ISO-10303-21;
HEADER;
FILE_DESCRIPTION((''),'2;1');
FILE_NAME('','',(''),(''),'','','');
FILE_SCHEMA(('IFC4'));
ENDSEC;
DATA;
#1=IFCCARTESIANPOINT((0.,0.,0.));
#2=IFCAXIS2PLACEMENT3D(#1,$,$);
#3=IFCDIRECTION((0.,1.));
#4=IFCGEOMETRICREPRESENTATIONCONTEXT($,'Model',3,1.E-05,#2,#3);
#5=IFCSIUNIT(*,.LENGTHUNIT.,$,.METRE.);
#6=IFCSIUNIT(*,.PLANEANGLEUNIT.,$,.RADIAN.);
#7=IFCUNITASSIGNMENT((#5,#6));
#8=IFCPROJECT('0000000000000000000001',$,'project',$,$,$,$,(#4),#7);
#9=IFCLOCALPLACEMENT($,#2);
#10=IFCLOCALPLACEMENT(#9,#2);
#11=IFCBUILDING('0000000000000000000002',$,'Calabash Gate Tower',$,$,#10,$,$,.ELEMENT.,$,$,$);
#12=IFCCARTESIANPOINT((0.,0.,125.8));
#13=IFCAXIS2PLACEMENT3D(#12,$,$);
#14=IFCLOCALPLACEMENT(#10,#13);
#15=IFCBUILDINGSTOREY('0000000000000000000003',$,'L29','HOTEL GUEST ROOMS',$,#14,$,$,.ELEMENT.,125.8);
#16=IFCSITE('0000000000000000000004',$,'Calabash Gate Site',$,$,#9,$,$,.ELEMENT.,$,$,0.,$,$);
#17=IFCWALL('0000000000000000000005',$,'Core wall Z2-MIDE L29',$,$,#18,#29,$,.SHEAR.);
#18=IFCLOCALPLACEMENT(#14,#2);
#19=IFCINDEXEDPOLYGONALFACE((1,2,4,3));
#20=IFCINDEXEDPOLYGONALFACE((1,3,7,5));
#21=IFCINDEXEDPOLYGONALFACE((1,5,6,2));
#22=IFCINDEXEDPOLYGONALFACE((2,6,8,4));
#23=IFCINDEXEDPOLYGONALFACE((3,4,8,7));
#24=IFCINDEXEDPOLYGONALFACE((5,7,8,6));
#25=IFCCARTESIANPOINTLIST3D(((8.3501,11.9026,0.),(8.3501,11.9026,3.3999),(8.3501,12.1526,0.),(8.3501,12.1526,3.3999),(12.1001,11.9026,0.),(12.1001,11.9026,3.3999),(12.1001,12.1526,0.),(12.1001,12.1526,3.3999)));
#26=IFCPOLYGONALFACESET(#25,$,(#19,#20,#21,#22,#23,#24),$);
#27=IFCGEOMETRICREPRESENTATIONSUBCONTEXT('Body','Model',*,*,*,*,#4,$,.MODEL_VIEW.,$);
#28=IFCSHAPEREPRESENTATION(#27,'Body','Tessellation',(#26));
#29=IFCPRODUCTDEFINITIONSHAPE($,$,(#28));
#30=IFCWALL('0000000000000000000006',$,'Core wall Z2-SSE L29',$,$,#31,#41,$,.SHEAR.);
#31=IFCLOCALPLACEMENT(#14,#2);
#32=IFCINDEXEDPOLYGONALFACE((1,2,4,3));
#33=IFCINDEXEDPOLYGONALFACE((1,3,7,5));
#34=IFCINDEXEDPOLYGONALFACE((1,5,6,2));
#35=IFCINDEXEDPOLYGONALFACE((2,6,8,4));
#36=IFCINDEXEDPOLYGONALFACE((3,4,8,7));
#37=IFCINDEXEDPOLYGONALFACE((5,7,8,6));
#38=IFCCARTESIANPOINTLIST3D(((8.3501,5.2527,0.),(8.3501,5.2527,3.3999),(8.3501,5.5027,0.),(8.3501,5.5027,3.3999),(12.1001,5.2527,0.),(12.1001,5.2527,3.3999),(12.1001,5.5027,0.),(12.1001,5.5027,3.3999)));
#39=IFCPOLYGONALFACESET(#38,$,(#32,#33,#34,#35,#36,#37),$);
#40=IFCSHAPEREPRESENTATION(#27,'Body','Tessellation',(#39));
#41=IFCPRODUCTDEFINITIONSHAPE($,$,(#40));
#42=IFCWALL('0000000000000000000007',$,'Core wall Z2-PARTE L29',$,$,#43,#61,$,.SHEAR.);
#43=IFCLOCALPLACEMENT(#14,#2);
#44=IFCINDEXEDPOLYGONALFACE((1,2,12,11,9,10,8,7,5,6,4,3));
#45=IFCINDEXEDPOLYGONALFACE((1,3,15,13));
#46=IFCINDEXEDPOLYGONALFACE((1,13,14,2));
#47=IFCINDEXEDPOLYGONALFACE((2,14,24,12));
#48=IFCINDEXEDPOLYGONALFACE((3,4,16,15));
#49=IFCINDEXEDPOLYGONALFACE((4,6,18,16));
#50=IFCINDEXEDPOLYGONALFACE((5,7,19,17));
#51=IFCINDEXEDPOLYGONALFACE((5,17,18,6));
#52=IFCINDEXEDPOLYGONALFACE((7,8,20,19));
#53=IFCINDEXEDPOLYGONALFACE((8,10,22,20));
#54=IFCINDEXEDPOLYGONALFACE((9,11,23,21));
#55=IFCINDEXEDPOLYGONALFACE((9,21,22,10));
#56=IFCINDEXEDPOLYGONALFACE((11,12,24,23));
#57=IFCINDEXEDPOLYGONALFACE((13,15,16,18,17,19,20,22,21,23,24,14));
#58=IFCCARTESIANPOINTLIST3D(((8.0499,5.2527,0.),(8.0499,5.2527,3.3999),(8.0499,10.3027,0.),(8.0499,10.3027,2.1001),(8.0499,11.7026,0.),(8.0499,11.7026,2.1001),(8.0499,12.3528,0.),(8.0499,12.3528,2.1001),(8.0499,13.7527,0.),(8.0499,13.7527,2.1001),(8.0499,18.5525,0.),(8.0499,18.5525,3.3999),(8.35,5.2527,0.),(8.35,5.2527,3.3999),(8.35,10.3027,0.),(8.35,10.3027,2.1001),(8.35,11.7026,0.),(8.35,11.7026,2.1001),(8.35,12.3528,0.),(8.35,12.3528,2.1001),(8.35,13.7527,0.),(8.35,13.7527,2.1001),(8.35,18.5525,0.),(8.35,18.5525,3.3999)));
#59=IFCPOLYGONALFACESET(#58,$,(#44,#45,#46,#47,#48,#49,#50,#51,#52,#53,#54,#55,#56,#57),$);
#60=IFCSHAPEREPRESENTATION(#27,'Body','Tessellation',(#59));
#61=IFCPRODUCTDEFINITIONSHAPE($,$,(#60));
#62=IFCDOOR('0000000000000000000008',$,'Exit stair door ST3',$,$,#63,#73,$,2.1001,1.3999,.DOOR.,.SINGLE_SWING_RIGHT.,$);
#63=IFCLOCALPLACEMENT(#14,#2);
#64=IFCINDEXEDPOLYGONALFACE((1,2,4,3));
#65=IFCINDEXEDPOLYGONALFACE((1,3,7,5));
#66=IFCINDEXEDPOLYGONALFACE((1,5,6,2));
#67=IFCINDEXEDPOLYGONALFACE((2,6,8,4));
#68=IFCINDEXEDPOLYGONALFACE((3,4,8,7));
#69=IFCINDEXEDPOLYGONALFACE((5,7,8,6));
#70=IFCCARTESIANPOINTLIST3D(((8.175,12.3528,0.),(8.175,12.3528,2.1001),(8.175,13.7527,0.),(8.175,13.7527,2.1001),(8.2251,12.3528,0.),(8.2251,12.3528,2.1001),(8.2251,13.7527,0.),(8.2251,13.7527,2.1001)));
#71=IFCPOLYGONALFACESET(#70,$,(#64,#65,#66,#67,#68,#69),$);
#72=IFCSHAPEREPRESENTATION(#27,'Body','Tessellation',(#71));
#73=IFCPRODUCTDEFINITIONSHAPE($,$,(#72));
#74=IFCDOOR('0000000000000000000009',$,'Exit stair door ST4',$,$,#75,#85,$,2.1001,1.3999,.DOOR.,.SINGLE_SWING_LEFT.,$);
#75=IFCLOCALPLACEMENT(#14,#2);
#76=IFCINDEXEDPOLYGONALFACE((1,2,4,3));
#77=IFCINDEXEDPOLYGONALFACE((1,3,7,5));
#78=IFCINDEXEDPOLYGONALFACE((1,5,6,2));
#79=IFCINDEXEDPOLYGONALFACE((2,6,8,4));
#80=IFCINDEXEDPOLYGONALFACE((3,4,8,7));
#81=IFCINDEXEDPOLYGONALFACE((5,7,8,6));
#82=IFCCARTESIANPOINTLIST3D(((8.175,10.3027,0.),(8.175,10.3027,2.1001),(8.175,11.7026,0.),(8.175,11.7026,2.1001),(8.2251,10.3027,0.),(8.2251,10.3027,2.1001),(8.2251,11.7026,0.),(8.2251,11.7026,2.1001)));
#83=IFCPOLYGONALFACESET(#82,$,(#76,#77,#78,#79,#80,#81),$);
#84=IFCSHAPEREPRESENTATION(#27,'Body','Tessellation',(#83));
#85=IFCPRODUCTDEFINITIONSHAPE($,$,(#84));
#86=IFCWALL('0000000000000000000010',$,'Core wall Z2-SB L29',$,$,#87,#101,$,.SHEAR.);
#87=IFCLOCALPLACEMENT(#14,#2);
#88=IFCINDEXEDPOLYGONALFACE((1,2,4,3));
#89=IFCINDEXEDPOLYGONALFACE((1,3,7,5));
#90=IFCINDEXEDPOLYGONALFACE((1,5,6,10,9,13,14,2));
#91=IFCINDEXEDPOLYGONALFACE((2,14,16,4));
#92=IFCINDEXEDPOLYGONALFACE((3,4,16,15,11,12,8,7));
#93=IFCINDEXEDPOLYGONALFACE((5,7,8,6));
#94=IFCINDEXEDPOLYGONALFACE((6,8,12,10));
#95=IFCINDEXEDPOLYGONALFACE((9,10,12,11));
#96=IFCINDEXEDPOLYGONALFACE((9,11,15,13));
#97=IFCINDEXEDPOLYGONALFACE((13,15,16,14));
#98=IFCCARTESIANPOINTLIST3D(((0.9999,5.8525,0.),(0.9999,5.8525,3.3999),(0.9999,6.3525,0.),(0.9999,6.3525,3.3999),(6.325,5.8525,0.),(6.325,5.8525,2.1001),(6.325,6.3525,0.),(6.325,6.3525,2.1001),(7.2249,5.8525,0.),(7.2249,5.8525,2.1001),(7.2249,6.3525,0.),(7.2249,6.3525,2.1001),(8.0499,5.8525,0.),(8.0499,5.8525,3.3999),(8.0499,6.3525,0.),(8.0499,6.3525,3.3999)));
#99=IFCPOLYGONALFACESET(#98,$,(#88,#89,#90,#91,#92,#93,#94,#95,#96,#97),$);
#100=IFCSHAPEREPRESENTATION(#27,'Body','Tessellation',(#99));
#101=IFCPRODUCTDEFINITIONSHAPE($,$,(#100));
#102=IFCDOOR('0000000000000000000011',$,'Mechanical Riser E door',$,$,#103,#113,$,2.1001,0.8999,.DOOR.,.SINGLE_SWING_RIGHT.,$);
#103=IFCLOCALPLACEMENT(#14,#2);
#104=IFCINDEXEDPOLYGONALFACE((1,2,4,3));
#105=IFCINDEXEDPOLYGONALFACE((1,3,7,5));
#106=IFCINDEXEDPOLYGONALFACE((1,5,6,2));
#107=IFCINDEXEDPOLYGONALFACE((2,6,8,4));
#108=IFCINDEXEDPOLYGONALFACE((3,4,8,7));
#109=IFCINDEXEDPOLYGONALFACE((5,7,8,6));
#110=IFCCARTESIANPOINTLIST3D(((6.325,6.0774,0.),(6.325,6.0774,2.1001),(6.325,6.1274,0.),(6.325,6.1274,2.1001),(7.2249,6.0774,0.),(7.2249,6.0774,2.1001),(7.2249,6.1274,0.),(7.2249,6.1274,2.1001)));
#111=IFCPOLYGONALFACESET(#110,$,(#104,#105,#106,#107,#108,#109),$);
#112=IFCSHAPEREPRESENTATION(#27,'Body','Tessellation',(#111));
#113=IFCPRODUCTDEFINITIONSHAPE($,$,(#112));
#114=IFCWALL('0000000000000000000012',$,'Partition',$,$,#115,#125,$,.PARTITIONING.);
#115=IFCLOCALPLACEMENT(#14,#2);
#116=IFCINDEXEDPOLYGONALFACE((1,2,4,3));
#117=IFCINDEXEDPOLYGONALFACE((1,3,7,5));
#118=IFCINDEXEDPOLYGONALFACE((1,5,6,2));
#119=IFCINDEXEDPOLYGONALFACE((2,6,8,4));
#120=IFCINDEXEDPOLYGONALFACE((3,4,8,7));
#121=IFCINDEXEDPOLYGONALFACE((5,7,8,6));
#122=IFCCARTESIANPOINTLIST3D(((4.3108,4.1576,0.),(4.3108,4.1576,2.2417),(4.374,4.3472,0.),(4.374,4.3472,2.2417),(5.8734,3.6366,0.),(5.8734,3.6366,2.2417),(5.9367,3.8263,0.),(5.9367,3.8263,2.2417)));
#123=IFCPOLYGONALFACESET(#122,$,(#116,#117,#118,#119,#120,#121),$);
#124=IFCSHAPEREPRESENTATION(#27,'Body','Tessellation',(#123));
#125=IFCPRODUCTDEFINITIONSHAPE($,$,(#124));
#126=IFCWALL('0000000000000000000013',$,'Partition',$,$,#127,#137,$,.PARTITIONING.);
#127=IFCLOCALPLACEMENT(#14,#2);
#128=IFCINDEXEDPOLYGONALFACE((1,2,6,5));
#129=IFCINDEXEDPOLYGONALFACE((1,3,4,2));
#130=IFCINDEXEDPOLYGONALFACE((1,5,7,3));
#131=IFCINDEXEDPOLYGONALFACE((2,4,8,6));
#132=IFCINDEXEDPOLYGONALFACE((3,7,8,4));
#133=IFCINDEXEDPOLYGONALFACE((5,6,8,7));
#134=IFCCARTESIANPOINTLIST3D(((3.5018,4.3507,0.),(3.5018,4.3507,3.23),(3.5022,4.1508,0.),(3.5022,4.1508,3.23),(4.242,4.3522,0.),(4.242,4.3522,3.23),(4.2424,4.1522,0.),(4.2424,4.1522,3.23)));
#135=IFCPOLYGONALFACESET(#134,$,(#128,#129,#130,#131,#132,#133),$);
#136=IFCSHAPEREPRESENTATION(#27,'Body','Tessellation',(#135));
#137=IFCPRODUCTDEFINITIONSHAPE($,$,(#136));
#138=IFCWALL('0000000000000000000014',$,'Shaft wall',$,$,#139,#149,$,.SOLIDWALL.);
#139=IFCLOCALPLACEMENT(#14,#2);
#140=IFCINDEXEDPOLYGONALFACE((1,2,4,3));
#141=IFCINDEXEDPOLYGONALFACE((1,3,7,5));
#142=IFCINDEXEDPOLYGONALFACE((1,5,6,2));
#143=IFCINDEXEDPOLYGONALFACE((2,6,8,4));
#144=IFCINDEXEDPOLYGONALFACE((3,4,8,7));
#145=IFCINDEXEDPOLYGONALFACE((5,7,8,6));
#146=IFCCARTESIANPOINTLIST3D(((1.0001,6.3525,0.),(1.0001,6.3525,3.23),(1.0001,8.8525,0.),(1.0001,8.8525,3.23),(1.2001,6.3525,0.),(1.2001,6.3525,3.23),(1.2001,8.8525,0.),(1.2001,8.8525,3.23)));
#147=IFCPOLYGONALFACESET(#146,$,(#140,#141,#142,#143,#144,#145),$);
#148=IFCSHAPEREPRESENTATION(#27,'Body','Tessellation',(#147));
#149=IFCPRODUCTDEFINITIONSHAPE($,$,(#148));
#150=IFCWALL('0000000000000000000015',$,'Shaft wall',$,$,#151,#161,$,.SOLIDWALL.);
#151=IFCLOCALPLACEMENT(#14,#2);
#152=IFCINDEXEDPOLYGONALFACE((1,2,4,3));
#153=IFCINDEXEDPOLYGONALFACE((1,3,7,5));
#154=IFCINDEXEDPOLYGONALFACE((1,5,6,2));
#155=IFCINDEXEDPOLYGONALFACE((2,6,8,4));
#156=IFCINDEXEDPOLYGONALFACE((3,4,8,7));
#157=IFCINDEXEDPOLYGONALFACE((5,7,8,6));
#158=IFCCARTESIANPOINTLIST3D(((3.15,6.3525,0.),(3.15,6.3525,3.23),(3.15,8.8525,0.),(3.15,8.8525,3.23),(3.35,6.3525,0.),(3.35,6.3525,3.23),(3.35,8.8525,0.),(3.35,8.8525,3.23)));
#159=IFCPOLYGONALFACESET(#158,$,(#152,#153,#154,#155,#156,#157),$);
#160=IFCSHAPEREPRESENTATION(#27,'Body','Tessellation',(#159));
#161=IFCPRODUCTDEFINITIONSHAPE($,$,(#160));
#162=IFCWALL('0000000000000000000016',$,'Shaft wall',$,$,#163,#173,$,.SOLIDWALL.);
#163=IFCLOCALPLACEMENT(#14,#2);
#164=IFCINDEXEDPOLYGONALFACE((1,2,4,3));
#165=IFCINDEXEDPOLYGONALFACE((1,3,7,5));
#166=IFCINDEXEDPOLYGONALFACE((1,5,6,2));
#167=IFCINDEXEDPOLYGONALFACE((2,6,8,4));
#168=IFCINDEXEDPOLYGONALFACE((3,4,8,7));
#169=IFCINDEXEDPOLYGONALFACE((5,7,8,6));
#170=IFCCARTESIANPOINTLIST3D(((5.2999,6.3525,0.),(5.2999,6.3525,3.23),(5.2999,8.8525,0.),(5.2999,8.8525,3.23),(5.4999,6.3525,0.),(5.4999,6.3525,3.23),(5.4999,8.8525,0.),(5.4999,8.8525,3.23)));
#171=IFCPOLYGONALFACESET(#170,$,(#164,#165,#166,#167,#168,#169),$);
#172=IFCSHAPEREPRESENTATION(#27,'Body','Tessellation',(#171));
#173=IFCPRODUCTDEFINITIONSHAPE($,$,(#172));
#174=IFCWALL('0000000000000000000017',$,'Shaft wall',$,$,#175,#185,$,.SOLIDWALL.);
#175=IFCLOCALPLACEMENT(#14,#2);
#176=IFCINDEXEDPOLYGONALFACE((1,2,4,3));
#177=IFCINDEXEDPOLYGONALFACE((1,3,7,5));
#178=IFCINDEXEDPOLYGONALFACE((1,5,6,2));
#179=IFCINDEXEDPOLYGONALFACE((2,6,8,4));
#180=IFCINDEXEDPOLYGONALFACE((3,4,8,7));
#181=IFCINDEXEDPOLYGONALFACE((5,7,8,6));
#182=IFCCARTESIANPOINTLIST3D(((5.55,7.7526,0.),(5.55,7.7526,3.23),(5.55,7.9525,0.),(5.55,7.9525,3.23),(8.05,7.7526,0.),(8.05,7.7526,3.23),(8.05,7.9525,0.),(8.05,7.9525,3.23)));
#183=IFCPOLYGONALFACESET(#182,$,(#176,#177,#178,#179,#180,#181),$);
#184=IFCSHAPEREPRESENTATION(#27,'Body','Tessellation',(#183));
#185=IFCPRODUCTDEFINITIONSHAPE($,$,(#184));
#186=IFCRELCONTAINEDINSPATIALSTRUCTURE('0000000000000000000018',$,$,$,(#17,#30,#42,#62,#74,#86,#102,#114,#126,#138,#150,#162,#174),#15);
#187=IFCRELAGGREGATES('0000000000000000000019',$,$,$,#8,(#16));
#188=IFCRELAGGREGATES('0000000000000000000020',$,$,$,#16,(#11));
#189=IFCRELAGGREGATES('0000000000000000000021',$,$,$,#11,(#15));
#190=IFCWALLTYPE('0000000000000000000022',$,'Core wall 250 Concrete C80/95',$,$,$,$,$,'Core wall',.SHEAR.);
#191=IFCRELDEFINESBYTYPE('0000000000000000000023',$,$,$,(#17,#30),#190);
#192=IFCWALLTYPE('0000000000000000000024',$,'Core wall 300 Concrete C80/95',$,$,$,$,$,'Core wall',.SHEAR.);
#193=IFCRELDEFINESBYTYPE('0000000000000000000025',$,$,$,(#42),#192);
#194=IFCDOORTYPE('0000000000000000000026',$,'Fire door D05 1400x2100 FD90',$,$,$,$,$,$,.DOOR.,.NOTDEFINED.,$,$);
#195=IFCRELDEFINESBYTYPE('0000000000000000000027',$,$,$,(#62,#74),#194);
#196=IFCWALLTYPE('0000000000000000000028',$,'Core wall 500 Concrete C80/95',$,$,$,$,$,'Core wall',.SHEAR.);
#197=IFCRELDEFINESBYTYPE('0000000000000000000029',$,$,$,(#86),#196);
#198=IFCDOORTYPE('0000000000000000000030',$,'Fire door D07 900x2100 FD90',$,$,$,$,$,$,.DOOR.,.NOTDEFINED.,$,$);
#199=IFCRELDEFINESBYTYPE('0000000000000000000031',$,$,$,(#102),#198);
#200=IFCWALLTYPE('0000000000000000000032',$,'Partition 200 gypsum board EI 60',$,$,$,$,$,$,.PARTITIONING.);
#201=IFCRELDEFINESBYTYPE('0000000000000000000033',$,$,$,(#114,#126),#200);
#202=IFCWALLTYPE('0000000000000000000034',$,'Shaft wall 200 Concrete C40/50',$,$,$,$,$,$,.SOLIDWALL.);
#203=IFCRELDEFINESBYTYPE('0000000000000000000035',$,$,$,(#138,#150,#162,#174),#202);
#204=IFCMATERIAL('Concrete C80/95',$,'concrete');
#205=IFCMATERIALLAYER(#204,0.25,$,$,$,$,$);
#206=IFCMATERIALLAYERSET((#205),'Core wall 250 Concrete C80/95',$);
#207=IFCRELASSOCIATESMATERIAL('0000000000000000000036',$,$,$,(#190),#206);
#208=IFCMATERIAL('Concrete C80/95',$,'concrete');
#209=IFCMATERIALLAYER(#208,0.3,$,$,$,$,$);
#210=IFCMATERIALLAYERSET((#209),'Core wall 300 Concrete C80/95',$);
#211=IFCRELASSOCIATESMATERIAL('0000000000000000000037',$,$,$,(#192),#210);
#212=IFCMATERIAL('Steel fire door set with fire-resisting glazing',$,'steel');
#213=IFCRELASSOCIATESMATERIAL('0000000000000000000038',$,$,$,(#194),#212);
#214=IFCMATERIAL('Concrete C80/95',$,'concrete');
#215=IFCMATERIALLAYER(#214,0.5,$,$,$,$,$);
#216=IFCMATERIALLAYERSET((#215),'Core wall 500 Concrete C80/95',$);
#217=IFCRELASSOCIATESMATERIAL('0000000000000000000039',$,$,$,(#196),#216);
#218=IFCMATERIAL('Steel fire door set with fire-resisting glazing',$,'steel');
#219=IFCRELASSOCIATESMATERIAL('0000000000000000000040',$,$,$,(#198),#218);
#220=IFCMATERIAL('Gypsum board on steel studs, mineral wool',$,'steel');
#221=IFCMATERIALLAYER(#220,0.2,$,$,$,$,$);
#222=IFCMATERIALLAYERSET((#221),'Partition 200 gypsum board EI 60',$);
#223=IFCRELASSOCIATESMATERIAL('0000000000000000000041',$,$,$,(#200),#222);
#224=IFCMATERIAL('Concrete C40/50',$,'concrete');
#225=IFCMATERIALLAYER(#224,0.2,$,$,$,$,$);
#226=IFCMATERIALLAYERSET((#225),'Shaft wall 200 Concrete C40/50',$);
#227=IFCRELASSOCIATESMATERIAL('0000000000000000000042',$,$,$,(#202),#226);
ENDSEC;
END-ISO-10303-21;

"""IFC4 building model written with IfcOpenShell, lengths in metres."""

from ifc_helpers import new_model, si_unit, direction, frame, frame_2d, origin, place, context, subcontext, project, spatial, rectangle, extrude, material, layer, layer_set, type_object, element, fill, save


model = new_model("IFC4")

# Units and contexts
model_context = context("Model", 3, precision=1e-05, world=origin(), true_north=direction((0.0, 1.0)))
body_context = subcontext(model_context, "Body", "Model", "MODEL_VIEW")
ifc_project = project(units=[si_unit("LENGTHUNIT", "METRE"), si_unit("PLANEANGLEUNIT", "RADIAN")], contexts=[model_context])

# Site, building, storey
site_placement = place(None, origin())
site = spatial("IfcSite", under=ifc_project, at=site_placement, Name="Calabash Gate Site", CompositionType="ELEMENT", RefElevation=0.0)
building_placement = place(site_placement, origin())
building = spatial("IfcBuilding", under=site, at=building_placement, Name="Calabash Gate Tower", CompositionType="ELEMENT")
storey_placement = place(building_placement, frame((0.0, 0.0, 125.8)))
storey = spatial("IfcBuildingStorey", under=building, at=storey_placement, Name="L29", Description="HOTEL GUEST ROOMS", CompositionType="ELEMENT", Elevation=125.8)

# Walls
ifc_material_1 = material(Name="Concrete C80/95", Category="concrete")
ifc_layer_1 = layer(ifc_material_1, 0.25)
ifc_layer_set_1 = layer_set([ifc_layer_1], Name="Core wall 250 Concrete C80/95")
wall_type_1 = type_object("IfcWallType", Name="Core wall 250 Concrete C80/95", ElementType="Core wall", PredefinedType="SHEAR", material=ifc_layer_set_1)
for number, where, z_axis, x_axis, name in (
    (1, (8.3501, 12.0276, 0.0), (0.0, 0.0, 1.0), (1.0, 0.0, 0.0), "Core wall Z2-MIDE L29"),
    (2, (8.3501, 5.3777, 0.0), (0.0, 0.0, 1.0), (1.0, 0.0, 0.0), "Core wall Z2-SSE L29"),
):
    element("IfcWall", number, at=place(storey_placement, frame(where, z_axis=z_axis, x_axis=x_axis)), inside=storey, type_object=wall_type_1, Name=name, PredefinedType="SHEAR", context=body_context, shape_type="SweptSolid", body=[
        extrude(rectangle(XDim=3.75, YDim=0.25, at=frame_2d((1.875, 0.0))), origin(), (0.0, 0.0, 1.0), 3.3999),
    ])

# Wall, openings, doors
ifc_material_2 = material(Name="Concrete C80/95", Category="concrete")
ifc_layer_2 = layer(ifc_material_2, 0.3)
ifc_layer_set_2 = layer_set([ifc_layer_2], Name="Core wall 300 Concrete C80/95")
wall_type_2 = type_object("IfcWallType", Name="Core wall 300 Concrete C80/95", ElementType="Core wall", PredefinedType="SHEAR", material=ifc_layer_set_2)
wall_1_placement = place(storey_placement, frame((8.2, 5.2527, 0.0), z_axis=(0.0, 0.0, 1.0), x_axis=(0.0, 1.0, 0.0)))
wall_1 = element("IfcWall", 3, at=wall_1_placement, inside=storey, type_object=wall_type_2, Name="Core wall Z2-PARTE L29", PredefinedType="SHEAR", context=body_context, shape_type="SweptSolid", body=[
    extrude(rectangle(XDim=13.2998, YDim=0.3, at=frame_2d((6.6499, 0.0))), origin(), (0.0, 0.0, 1.0), 3.3999),
])
opening_1_placement = place(wall_1_placement, frame((7.1001, 0.0, 0.0)))
opening_1 = element("IfcOpeningElement", 4, at=opening_1_placement, cuts=wall_1, PredefinedType="OPENING", context=body_context, shape_type="SweptSolid", body=[
    extrude(rectangle(XDim=1.3999, YDim=2.1001, at=frame_2d((0.7, 1.05))), frame((0.0, 0.1599, 0.0), z_axis=(0.0, -1.0, 0.0), x_axis=(1.0, 0.0, 0.0)), (0.0, 0.0, 1.0), 0.3201),
])
opening_2_placement = place(wall_1_placement, frame((5.05, 0.0, 0.0)))
opening_2 = element("IfcOpeningElement", 5, at=opening_2_placement, cuts=wall_1, PredefinedType="OPENING", context=body_context, shape_type="SweptSolid", body=[
    extrude(rectangle(XDim=1.3999, YDim=2.1001, at=frame_2d((0.7, 1.05))), frame((0.0, 0.1599, 0.0), z_axis=(0.0, -1.0, 0.0), x_axis=(1.0, 0.0, 0.0)), (0.0, 0.0, 1.0), 0.3201),
])
ifc_material_3 = material(Name="Steel fire door set with fire-resisting glazing", Category="steel")
door_type_1 = type_object("IfcDoorType", Name="Fire door D05 1400x2100 FD90", OperationType="NOTDEFINED", PredefinedType="DOOR", material=ifc_material_3)
door_1_placement = place(opening_1_placement, origin())
door_1 = element("IfcDoor", 6, at=door_1_placement, inside=storey, type_object=door_type_1, Name="Exit stair door ST3", OperationType="SINGLE_SWING_RIGHT", OverallHeight=2.1001, OverallWidth=1.3999, PredefinedType="DOOR", context=body_context, shape_type="SweptSolid", body=[
    extrude(rectangle(XDim=1.3999, YDim=2.1001, at=frame_2d((0.7, 1.05))), frame((0.0, 0.0249, 0.0), z_axis=(0.0, -1.0, 0.0), x_axis=(1.0, 0.0, 0.0)), (0.0, 0.0, 1.0), 0.05),
])
fill(opening_1, door_1)
door_2_placement = place(opening_2_placement, origin())
door_2 = element("IfcDoor", 7, at=door_2_placement, inside=storey, type_object=door_type_1, Name="Exit stair door ST4", OperationType="SINGLE_SWING_LEFT", OverallHeight=2.1001, OverallWidth=1.3999, PredefinedType="DOOR", context=body_context, shape_type="SweptSolid", body=[
    extrude(rectangle(XDim=1.3999, YDim=2.1001, at=frame_2d((0.7, 1.05))), frame((0.0, 0.0249, 0.0), z_axis=(0.0, -1.0, 0.0), x_axis=(1.0, 0.0, 0.0)), (0.0, 0.0, 1.0), 0.05),
])
fill(opening_2, door_2)

# Wall, opening, door
ifc_material_4 = material(Name="Concrete C80/95", Category="concrete")
ifc_layer_3 = layer(ifc_material_4, 0.5)
ifc_layer_set_3 = layer_set([ifc_layer_3], Name="Core wall 500 Concrete C80/95")
wall_type_3 = type_object("IfcWallType", Name="Core wall 500 Concrete C80/95", ElementType="Core wall", PredefinedType="SHEAR", material=ifc_layer_set_3)
wall_2_placement = place(storey_placement, frame((1.0, 6.1025, 0.0), z_axis=(0.0, 0.0, 1.0), x_axis=(1.0, 0.0, 0.0)))
wall_2 = element("IfcWall", 8, at=wall_2_placement, inside=storey, type_object=wall_type_3, Name="Core wall Z2-SB L29", PredefinedType="SHEAR", context=body_context, shape_type="SweptSolid", body=[
    extrude(rectangle(XDim=7.05, YDim=0.5, at=frame_2d((3.5249, 0.0))), origin(), (0.0, 0.0, 1.0), 3.3999),
])
opening_3_placement = place(wall_2_placement, frame((5.325, 0.0, 0.0)))
opening_3 = element("IfcOpeningElement", 9, at=opening_3_placement, cuts=wall_2, PredefinedType="OPENING", context=body_context, shape_type="SweptSolid", body=[
    extrude(rectangle(XDim=0.8999, YDim=2.1001, at=frame_2d((0.45, 1.05))), frame((0.0, 0.26, 0.0), z_axis=(0.0, -1.0, 0.0), x_axis=(1.0, 0.0, 0.0)), (0.0, 0.0, 1.0), 0.52),
])
ifc_material_5 = material(Name="Steel fire door set with fire-resisting glazing", Category="steel")
door_type_2 = type_object("IfcDoorType", Name="Fire door D07 900x2100 FD90", OperationType="NOTDEFINED", PredefinedType="DOOR", material=ifc_material_5)
door_3_placement = place(opening_3_placement, origin())
door_3 = element("IfcDoor", 10, at=door_3_placement, inside=storey, type_object=door_type_2, Name="Mechanical Riser E door", OperationType="SINGLE_SWING_RIGHT", OverallHeight=2.1001, OverallWidth=0.8999, PredefinedType="DOOR", context=body_context, shape_type="SweptSolid", body=[
    extrude(rectangle(XDim=0.8999, YDim=2.1001, at=frame_2d((0.45, 1.05))), frame((0.0, 0.0249, 0.0), z_axis=(0.0, -1.0, 0.0), x_axis=(1.0, 0.0, 0.0)), (0.0, 0.0, 1.0), 0.05),
])
fill(opening_3, door_3)

# Walls
ifc_material_6 = material(Name="Gypsum board on steel studs, mineral wool", Category="steel")
ifc_layer_4 = layer(ifc_material_6, 0.2)
ifc_layer_set_4 = layer_set([ifc_layer_4], Name="Partition 200 gypsum board EI 60")
wall_type_4 = type_object("IfcWallType", Name="Partition 200 gypsum board EI 60", PredefinedType="PARTITIONING", material=ifc_layer_set_4)
wall_3_placement = place(storey_placement, frame((4.3423, 4.2524, 0.0), z_axis=(0.0, 0.0, 1.0), x_axis=(0.948668, -0.316272, 0.0)))
element("IfcWall", 11, at=wall_3_placement, inside=storey, type_object=wall_type_4, Name="Partition", PredefinedType="PARTITIONING", context=body_context, shape_type="SweptSolid", body=[
    extrude(rectangle(XDim=1.6472, YDim=0.2, at=frame_2d((0.8237, 0.0))), origin(), (0.0, 0.0, 1.0), 2.2417),
])
wall_4_placement = place(storey_placement, frame((3.502, 4.2507, 0.0), z_axis=(0.0, 0.0, 1.0), x_axis=(0.999998, 0.001979, 0.0)))
element("IfcWall", 12, at=wall_4_placement, inside=storey, type_object=wall_type_4, Name="Partition", PredefinedType="PARTITIONING", context=body_context, shape_type="SweptSolid", body=[
    extrude(rectangle(XDim=0.7402, YDim=0.2, at=frame_2d((0.3701, 0.0))), origin(), (0.0, 0.0, 1.0), 3.23),
])
ifc_material_7 = material(Name="Concrete C40/50", Category="concrete")
ifc_layer_5 = layer(ifc_material_7, 0.2)
ifc_layer_set_5 = layer_set([ifc_layer_5], Name="Shaft wall 200 Concrete C40/50")
wall_type_5 = type_object("IfcWallType", Name="Shaft wall 200 Concrete C40/50", PredefinedType="SOLIDWALL", material=ifc_layer_set_5)
for number, where, z_axis, x_axis, name in (
    (13, (1.1001, 6.3525, 0.0), (0.0, 0.0, 1.0), (0.0, 1.0, 0.0), "Shaft wall"),
    (14, (3.25, 6.3525, 0.0), (0.0, 0.0, 1.0), (0.0, 1.0, 0.0), "Shaft wall"),
    (15, (5.3999, 6.3525, 0.0), (0.0, 0.0, 1.0), (0.0, 1.0, 0.0), "Shaft wall"),
    (16, (5.55, 7.8525, 0.0), (0.0, 0.0, 1.0), (1.0, 0.0, 0.0), "Shaft wall"),
):
    element("IfcWall", number, at=place(storey_placement, frame(where, z_axis=z_axis, x_axis=x_axis)), inside=storey, type_object=wall_type_5, Name=name, PredefinedType="SOLIDWALL", context=body_context, shape_type="SweptSolid", body=[
        extrude(rectangle(XDim=2.5, YDim=0.2, at=frame_2d((1.25, 0.0))), origin(), (0.0, 0.0, 1.0), 3.23),
    ])

save(model, "model.ifc")
